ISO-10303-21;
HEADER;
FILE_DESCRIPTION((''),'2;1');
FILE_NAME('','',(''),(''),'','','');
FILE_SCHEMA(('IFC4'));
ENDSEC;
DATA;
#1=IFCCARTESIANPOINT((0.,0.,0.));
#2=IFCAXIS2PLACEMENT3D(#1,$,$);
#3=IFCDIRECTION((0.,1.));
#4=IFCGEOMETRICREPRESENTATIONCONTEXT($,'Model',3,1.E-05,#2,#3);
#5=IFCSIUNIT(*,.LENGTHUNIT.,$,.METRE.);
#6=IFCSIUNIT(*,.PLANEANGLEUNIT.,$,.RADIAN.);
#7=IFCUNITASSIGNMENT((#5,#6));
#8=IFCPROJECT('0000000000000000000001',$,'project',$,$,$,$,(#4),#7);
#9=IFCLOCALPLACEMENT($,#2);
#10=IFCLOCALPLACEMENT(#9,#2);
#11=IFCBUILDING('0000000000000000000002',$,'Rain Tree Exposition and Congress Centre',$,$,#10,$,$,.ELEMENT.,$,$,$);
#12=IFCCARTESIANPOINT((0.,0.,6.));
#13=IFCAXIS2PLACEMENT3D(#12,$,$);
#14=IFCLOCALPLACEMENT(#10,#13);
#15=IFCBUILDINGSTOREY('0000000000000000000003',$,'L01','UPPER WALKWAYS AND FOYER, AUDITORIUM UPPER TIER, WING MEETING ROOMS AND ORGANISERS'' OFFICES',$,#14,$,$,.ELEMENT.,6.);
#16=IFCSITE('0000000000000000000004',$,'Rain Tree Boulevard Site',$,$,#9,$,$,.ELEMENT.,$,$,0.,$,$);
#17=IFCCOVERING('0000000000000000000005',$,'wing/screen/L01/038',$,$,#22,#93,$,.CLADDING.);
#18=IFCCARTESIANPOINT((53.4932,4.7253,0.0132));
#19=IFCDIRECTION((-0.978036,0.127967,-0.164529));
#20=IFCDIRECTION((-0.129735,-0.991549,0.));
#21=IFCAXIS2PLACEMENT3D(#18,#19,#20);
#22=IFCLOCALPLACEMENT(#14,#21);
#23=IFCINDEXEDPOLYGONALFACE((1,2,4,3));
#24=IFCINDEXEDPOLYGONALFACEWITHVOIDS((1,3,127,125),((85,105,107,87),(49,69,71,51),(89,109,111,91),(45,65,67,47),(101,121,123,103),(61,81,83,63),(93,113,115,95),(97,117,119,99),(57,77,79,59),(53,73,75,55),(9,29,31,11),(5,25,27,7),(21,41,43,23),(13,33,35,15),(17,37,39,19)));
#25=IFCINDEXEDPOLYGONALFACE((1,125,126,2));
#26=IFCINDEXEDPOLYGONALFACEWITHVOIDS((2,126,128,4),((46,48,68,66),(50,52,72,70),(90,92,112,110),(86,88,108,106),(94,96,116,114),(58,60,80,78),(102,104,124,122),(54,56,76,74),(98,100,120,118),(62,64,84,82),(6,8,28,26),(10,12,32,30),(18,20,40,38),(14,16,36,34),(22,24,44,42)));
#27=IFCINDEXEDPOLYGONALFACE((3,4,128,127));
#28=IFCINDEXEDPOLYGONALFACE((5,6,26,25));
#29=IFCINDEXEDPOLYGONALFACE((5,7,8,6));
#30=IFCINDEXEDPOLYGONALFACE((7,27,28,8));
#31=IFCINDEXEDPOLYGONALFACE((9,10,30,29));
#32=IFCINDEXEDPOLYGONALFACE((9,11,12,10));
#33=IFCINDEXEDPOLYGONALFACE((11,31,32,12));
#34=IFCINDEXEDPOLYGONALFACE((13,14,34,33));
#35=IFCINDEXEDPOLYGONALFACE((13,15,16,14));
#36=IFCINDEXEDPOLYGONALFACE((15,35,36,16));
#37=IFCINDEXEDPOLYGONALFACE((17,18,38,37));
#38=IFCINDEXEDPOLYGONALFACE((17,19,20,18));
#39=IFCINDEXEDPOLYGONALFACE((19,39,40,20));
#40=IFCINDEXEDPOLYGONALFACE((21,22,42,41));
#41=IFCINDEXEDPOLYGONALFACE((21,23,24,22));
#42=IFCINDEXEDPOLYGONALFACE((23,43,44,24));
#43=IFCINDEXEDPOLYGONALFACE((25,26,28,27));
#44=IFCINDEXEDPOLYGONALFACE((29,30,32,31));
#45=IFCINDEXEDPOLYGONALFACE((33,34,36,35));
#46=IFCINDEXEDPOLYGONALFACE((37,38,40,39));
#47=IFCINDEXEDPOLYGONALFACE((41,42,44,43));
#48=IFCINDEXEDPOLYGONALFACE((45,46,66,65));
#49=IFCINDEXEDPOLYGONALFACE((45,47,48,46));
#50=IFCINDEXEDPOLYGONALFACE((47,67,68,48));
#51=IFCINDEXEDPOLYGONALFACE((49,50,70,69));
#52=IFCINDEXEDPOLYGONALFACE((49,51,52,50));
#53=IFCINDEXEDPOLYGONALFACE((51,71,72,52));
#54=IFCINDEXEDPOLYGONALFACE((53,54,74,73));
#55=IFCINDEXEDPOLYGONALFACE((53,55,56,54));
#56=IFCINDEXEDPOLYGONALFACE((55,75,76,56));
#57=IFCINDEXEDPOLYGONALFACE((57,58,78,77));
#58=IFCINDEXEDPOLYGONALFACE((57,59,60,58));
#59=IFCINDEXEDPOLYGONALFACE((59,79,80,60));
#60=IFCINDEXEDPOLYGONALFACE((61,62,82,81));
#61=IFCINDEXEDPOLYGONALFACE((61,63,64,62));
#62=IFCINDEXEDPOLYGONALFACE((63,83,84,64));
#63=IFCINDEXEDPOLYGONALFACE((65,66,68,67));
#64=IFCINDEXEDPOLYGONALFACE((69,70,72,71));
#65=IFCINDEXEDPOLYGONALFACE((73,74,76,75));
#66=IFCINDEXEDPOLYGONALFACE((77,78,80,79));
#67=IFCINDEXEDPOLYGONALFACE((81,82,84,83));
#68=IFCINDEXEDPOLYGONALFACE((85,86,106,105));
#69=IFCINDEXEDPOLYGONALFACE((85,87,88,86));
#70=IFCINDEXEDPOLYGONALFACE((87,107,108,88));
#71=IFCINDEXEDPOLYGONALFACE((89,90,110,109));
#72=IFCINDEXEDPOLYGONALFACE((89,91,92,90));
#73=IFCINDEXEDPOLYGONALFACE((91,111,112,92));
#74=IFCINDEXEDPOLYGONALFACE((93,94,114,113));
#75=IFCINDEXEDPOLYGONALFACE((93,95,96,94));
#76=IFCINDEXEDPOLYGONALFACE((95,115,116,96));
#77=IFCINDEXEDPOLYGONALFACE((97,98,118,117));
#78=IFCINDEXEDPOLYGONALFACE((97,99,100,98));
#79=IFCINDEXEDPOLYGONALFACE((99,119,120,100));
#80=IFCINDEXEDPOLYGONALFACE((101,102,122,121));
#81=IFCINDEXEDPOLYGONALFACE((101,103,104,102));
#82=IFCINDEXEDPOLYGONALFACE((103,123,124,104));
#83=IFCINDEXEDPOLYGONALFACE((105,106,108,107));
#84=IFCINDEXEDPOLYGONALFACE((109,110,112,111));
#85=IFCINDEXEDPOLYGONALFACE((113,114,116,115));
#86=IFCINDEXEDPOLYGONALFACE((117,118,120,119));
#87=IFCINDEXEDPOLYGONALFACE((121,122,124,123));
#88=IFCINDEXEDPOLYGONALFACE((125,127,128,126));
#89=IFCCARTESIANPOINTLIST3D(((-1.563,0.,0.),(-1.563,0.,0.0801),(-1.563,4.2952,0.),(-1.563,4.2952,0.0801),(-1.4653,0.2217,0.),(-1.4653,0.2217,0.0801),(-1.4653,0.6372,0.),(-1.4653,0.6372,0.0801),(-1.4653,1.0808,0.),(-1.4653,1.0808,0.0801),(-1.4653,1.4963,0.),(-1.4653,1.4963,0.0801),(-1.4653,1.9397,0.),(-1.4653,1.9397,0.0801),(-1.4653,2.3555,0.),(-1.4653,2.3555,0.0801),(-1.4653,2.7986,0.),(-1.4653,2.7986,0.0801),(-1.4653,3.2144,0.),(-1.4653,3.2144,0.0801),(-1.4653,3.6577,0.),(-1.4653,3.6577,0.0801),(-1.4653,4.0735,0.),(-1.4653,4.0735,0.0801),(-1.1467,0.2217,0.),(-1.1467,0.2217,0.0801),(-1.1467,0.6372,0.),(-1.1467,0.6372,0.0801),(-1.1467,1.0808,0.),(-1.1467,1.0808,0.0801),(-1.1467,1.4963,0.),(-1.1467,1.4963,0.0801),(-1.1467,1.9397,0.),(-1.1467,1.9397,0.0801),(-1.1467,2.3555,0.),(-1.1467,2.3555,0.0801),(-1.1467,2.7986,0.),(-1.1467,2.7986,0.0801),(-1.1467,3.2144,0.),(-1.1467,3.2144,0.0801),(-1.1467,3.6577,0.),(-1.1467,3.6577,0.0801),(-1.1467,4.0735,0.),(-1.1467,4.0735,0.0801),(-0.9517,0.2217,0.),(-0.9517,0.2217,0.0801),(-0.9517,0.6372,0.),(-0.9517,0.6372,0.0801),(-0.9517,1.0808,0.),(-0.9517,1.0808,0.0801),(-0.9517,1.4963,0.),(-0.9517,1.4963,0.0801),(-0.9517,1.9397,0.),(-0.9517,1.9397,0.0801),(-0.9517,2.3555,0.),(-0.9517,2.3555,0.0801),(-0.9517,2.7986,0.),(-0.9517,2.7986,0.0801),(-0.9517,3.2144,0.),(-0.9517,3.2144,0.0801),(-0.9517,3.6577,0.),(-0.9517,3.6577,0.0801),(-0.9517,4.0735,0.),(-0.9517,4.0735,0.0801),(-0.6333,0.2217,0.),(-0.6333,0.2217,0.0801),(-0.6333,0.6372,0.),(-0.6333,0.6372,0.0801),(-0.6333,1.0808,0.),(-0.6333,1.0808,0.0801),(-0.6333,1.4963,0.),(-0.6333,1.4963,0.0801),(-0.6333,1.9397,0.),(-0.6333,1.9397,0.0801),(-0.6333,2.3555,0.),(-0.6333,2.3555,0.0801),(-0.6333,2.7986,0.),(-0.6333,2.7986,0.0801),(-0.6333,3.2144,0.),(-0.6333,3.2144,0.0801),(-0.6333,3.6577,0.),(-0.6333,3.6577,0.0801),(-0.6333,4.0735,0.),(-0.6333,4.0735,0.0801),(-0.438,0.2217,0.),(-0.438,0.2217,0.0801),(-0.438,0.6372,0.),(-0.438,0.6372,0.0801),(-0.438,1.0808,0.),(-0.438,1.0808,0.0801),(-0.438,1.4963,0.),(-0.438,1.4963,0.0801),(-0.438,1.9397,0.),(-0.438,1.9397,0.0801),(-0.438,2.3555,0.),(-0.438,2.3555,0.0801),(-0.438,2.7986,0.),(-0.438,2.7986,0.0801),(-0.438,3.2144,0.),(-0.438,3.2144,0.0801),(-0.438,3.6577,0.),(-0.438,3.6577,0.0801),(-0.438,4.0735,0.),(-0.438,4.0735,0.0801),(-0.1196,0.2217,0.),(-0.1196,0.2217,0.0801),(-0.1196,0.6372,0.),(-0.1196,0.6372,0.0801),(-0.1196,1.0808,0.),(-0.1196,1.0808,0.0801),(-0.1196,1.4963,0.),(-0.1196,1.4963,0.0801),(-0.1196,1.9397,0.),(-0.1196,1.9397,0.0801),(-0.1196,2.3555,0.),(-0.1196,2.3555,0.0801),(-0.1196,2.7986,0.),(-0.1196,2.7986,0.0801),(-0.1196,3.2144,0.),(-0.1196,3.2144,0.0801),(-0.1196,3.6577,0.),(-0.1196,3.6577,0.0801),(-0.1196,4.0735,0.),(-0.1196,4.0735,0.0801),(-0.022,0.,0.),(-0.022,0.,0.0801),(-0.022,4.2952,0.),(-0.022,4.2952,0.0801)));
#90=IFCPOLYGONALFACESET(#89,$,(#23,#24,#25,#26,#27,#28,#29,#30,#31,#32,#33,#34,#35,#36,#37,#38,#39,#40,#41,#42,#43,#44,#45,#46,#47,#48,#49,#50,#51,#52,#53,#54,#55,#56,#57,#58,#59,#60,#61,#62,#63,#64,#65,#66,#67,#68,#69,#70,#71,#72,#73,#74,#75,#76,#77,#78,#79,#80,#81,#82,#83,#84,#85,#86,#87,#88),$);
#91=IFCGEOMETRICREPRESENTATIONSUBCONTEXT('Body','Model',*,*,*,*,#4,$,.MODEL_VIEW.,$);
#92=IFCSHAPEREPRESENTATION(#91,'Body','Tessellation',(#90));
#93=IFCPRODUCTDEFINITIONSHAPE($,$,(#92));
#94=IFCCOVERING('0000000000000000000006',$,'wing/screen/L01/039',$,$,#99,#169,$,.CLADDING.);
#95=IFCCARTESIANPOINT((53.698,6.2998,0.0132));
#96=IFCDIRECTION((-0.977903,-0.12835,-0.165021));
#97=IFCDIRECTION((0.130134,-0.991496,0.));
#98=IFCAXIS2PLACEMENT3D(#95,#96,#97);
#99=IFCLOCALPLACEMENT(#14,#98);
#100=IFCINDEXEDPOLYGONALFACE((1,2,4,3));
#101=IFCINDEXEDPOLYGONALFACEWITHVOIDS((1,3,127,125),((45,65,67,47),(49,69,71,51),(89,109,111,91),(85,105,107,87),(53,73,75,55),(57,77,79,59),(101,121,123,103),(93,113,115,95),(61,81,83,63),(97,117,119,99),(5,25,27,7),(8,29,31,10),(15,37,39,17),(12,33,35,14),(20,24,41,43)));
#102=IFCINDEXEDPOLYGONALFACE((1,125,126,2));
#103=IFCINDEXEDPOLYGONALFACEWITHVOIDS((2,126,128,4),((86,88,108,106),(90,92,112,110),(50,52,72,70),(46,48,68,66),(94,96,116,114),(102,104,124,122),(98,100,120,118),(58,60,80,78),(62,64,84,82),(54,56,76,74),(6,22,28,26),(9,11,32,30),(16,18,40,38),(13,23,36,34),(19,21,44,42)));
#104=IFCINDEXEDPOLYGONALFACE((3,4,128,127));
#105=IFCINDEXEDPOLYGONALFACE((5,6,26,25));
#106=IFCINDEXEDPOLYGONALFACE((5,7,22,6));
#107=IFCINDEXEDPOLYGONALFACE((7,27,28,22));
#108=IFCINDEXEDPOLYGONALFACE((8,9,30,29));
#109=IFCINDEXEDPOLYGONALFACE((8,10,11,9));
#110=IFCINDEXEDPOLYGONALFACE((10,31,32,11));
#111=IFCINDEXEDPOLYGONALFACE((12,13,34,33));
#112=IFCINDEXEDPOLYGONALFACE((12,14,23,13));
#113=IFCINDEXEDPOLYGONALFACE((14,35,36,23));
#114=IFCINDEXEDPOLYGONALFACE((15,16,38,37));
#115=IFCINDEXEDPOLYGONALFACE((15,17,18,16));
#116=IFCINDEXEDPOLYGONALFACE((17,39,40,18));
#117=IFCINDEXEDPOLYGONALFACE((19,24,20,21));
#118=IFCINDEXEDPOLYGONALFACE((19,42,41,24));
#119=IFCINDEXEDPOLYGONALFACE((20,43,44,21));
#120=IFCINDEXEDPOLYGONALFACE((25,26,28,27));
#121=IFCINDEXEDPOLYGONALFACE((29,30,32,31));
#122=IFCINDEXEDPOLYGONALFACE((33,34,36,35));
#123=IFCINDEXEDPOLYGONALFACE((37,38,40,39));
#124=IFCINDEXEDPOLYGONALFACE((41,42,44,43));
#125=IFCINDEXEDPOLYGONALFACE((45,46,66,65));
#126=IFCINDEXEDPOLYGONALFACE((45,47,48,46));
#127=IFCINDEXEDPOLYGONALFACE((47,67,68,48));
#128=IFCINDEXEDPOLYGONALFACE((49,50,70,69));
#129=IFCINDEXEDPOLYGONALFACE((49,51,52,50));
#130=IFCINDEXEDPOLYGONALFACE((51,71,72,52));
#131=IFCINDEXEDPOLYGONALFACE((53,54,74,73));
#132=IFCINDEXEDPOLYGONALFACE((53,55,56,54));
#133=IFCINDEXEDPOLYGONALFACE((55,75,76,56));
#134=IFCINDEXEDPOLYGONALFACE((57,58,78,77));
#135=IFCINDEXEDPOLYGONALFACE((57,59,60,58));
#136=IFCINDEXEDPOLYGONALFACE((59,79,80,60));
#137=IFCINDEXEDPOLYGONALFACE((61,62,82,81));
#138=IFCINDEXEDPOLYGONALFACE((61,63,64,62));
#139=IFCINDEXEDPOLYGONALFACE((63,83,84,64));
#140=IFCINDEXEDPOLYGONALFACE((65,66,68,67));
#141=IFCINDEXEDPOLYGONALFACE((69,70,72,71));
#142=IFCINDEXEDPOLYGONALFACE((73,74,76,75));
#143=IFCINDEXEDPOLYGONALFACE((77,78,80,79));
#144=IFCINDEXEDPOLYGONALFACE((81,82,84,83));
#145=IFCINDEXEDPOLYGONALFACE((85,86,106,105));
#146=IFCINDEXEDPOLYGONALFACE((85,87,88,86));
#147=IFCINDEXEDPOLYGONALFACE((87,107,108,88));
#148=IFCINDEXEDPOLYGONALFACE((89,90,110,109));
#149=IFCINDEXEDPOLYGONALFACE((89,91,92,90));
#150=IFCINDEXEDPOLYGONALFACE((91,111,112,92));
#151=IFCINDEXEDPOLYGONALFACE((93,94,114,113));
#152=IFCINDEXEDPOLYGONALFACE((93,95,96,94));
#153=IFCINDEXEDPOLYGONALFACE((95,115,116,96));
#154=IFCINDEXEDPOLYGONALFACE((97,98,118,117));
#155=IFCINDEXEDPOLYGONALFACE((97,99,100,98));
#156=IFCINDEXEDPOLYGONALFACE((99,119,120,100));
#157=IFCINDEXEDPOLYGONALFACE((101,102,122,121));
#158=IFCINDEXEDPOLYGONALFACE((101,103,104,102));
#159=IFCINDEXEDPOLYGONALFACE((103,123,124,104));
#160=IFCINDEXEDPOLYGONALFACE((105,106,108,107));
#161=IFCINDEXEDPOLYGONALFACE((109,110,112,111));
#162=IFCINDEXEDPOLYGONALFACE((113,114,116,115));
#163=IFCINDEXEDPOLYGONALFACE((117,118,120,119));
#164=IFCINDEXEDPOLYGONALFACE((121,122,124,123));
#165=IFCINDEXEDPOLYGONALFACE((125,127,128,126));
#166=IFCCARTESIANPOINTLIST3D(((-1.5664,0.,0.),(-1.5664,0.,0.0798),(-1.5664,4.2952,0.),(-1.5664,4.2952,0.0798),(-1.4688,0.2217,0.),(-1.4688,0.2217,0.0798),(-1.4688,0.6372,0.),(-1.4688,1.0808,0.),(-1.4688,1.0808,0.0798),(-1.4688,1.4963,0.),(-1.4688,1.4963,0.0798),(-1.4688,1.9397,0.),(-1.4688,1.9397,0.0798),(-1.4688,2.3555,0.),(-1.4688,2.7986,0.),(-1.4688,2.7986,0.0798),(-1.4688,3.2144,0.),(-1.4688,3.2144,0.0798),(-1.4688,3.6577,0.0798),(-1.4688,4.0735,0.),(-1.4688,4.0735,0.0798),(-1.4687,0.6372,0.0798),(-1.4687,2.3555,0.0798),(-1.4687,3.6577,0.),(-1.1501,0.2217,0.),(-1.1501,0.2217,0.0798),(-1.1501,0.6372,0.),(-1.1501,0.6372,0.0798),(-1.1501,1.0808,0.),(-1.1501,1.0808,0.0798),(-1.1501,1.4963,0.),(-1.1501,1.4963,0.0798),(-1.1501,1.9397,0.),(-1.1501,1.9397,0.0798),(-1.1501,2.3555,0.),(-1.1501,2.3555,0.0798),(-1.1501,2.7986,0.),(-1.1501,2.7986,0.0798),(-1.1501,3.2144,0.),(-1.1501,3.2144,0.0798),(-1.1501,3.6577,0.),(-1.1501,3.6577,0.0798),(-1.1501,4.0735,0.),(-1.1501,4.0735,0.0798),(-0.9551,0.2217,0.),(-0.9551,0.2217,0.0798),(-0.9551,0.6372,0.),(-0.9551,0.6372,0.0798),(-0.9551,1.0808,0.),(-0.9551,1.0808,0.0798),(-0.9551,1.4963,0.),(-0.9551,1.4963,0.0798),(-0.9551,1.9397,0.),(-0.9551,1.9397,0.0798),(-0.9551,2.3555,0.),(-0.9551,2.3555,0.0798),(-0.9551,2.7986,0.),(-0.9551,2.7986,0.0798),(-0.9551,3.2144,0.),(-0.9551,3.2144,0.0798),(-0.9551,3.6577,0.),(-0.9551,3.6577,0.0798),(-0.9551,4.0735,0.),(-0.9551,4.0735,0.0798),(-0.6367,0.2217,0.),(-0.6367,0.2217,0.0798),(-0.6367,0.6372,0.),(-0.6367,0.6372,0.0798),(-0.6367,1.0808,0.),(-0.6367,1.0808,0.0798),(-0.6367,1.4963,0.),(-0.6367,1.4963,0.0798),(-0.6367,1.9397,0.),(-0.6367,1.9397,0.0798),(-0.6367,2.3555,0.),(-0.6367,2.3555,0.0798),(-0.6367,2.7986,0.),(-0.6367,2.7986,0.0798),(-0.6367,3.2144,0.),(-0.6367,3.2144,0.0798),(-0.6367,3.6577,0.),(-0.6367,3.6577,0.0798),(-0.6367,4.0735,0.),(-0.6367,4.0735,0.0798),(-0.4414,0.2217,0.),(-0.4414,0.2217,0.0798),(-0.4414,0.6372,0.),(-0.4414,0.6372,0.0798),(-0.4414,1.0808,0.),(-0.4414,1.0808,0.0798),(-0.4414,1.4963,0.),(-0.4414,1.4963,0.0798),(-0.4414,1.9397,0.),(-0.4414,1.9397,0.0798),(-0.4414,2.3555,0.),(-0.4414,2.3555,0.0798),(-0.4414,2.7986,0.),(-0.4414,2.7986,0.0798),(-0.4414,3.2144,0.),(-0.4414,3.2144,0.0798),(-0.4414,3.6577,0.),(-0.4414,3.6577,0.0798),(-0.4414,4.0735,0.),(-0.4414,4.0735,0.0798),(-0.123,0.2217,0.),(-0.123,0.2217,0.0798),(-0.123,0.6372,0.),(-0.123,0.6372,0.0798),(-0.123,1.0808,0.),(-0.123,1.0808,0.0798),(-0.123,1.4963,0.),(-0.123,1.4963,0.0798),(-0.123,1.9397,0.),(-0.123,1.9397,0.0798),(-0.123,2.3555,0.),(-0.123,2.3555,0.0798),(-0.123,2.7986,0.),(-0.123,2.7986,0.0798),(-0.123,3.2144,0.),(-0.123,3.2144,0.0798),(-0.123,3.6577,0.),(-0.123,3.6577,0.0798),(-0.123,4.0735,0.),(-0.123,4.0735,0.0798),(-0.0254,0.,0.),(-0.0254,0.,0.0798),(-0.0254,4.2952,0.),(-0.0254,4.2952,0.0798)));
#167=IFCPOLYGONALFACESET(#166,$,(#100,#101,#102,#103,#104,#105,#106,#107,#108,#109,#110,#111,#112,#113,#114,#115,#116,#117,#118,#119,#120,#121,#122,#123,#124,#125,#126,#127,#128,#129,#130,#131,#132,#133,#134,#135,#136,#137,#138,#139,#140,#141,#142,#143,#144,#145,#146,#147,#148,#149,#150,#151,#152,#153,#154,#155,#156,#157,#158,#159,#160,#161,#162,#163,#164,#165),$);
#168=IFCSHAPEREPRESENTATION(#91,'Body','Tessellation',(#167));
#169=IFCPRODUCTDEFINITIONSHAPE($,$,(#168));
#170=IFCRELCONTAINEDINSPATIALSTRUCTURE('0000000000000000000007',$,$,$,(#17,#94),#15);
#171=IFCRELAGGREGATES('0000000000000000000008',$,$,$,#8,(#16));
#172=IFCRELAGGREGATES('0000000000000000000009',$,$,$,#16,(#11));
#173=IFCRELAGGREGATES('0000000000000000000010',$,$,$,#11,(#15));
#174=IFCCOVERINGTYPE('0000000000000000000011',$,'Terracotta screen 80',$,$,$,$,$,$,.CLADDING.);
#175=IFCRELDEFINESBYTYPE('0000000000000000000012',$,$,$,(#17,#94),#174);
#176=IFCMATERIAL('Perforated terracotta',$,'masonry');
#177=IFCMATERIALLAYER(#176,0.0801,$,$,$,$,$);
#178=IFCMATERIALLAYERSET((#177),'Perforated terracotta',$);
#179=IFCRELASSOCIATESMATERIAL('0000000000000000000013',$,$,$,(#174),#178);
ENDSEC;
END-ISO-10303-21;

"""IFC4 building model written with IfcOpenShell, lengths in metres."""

from ifc_helpers import new_model, si_unit, direction, frame, origin, place, context, subcontext, project, spatial, polyline, outline, extrude, material, layer, layer_set, type_object, element, save


model = new_model("IFC4")

# Units and contexts
model_context = context("Model", 3, precision=1e-05, world=origin(), true_north=direction((0.0, 1.0)))
body_context = subcontext(model_context, "Body", "Model", "MODEL_VIEW")
ifc_project = project(units=[si_unit("LENGTHUNIT", "METRE"), si_unit("PLANEANGLEUNIT", "RADIAN")], contexts=[model_context])

# Site, building, storey
site_placement = place(None, origin())
site = spatial("IfcSite", under=ifc_project, at=site_placement, Name="Rain Tree Boulevard Site", CompositionType="ELEMENT", RefElevation=0.0)
building_placement = place(site_placement, origin())
building = spatial("IfcBuilding", under=site, at=building_placement, Name="Rain Tree Exposition and Congress Centre", CompositionType="ELEMENT")
storey_placement = place(building_placement, frame((0.0, 0.0, 6.0)))
storey = spatial("IfcBuildingStorey", under=building, at=storey_placement, Name="L01", Description="UPPER WALKWAYS AND FOYER, AUDITORIUM UPPER TIER, WING MEETING ROOMS AND ORGANISERS' OFFICES", CompositionType="ELEMENT", Elevation=6.0)

# Coverings
ifc_material_1 = material(Name="Perforated terracotta", Category="masonry")
ifc_layer = layer(ifc_material_1, 0.0801)
ifc_layer_set = layer_set([ifc_layer], Name="Perforated terracotta")
covering_type = type_object("IfcCoveringType", Name="Terracotta screen 80", PredefinedType="CLADDING", material=ifc_layer_set)
covering_1_placement = place(storey_placement, frame((53.4932, 4.7253, 0.0132), z_axis=(-0.978036, 0.127967, -0.164529), x_axis=(-0.129735, -0.991549, 0.0)))
element("IfcCovering", 1, at=covering_1_placement, inside=storey, type_object=covering_type, Name="wing/screen/L01/038", PredefinedType="CLADDING", context=body_context, shape_type="SweptSolid", body=[
    extrude(outline(polyline([(-1.563, 0.0), (-1.563, 4.2952), (-0.022, 4.2952), (-0.022, 0.0), (-1.563, 0.0)]), holes=[polyline([(-0.1196, 0.2217), (-0.1196, 0.6372), (-0.438, 0.6372), (-0.438, 0.2217), (-0.1196, 0.2217)]), polyline([(-0.1196, 1.0808), (-0.1196, 1.4963), (-0.438, 1.4963), (-0.438, 1.0808), (-0.1196, 1.0808)]), polyline([(-0.1196, 1.9397), (-0.1196, 2.3555), (-0.438, 2.3555), (-0.438, 1.9397), (-0.1196, 1.9397)]), polyline([(-0.1196, 2.7986), (-0.1196, 3.2144), (-0.438, 3.2144), (-0.438, 2.7986), (-0.1196, 2.7986)]), polyline([(-0.1196, 3.6577), (-0.1196, 4.0735), (-0.438, 4.0735), (-0.438, 3.6577), (-0.1196, 3.6577)]), polyline([(-0.6333, 0.2217), (-0.6333, 0.6372), (-0.9517, 0.6372), (-0.9517, 0.2217), (-0.6333, 0.2217)]), polyline([(-0.6333, 1.0808), (-0.6333, 1.4963), (-0.9517, 1.4963), (-0.9517, 1.0808), (-0.6333, 1.0808)]), polyline([(-0.6333, 1.9397), (-0.6333, 2.3555), (-0.9517, 2.3555), (-0.9517, 1.9397), (-0.6333, 1.9397)]), polyline([(-0.6333, 2.7986), (-0.6333, 3.2144), (-0.9517, 3.2144), (-0.9517, 2.7986), (-0.6333, 2.7986)]), polyline([(-0.6333, 3.6577), (-0.6333, 4.0735), (-0.9517, 4.0735), (-0.9517, 3.6577), (-0.6333, 3.6577)]), polyline([(-1.1467, 0.2217), (-1.1467, 0.6372), (-1.4653, 0.6372), (-1.4653, 0.2217), (-1.1467, 0.2217)]), polyline([(-1.1467, 1.0808), (-1.1467, 1.4963), (-1.4653, 1.4963), (-1.4653, 1.0808), (-1.1467, 1.0808)]), polyline([(-1.1467, 1.9397), (-1.1467, 2.3555), (-1.4653, 2.3555), (-1.4653, 1.9397), (-1.1467, 1.9397)]), polyline([(-1.1467, 2.7986), (-1.1467, 3.2144), (-1.4653, 3.2144), (-1.4653, 2.7986), (-1.1467, 2.7986)]), polyline([(-1.1467, 3.6577), (-1.1467, 4.0735), (-1.4653, 4.0735), (-1.4653, 3.6577), (-1.1467, 3.6577)])]), origin(), (0.0, 0.0, 1.0), 0.0801),
])
covering_2_placement = place(storey_placement, frame((53.698, 6.2998, 0.0132), z_axis=(-0.977903, -0.12835, -0.165021), x_axis=(0.130134, -0.991496, 0.0)))
element("IfcCovering", 2, at=covering_2_placement, inside=storey, type_object=covering_type, Name="wing/screen/L01/039", PredefinedType="CLADDING", context=body_context, shape_type="SweptSolid", body=[
    extrude(outline(polyline([(-1.5664, 0.0), (-1.5664, 4.2952), (-0.0254, 4.2952), (-0.0254, 0.0), (-1.5664, 0.0)]), holes=[polyline([(-0.123, 0.2217), (-0.123, 0.6372), (-0.4414, 0.6372), (-0.4414, 0.2217), (-0.123, 0.2217)]), polyline([(-0.123, 1.0808), (-0.123, 1.4963), (-0.4414, 1.4963), (-0.4414, 1.0808), (-0.123, 1.0808)]), polyline([(-0.123, 1.9397), (-0.123, 2.3555), (-0.4414, 2.3555), (-0.4414, 1.9397), (-0.123, 1.9397)]), polyline([(-0.123, 2.7986), (-0.123, 3.2144), (-0.4414, 3.2144), (-0.4414, 2.7986), (-0.123, 2.7986)]), polyline([(-0.123, 3.6577), (-0.123, 4.0735), (-0.4414, 4.0735), (-0.4414, 3.6577), (-0.123, 3.6577)]), polyline([(-0.6367, 0.2217), (-0.6367, 0.6372), (-0.9551, 0.6372), (-0.9551, 0.2217), (-0.6367, 0.2217)]), polyline([(-0.6367, 1.0808), (-0.6367, 1.4963), (-0.9551, 1.4963), (-0.9551, 1.0808), (-0.6367, 1.0808)]), polyline([(-0.6367, 1.9397), (-0.6367, 2.3555), (-0.9551, 2.3555), (-0.9551, 1.9397), (-0.6367, 1.9397)]), polyline([(-0.6367, 2.7986), (-0.6367, 3.2144), (-0.9551, 3.2144), (-0.9551, 2.7986), (-0.6367, 2.7986)]), polyline([(-0.6367, 3.6577), (-0.6367, 4.0735), (-0.9551, 4.0735), (-0.9551, 3.6577), (-0.6367, 3.6577)]), polyline([(-1.1501, 0.2217), (-1.1501, 0.6372), (-1.4688, 0.6372), (-1.4688, 0.2217), (-1.1501, 0.2217)]), polyline([(-1.1501, 1.0808), (-1.1501, 1.4963), (-1.4688, 1.4963), (-1.4688, 1.0808), (-1.1501, 1.0808)]), polyline([(-1.1501, 1.9397), (-1.1501, 2.3555), (-1.4688, 2.3555), (-1.4688, 1.9397), (-1.1501, 1.9397)]), polyline([(-1.1501, 2.7986), (-1.1501, 3.2144), (-1.4688, 3.2144), (-1.4688, 2.7986), (-1.1501, 2.7986)]), polyline([(-1.1501, 3.6577), (-1.1501, 4.0735), (-1.4688, 4.0735), (-1.4688, 3.6577), (-1.1501, 3.6577)])]), origin(), (0.0, 0.0, 1.0), 0.0798),
])

save(model, "model.ifc")
